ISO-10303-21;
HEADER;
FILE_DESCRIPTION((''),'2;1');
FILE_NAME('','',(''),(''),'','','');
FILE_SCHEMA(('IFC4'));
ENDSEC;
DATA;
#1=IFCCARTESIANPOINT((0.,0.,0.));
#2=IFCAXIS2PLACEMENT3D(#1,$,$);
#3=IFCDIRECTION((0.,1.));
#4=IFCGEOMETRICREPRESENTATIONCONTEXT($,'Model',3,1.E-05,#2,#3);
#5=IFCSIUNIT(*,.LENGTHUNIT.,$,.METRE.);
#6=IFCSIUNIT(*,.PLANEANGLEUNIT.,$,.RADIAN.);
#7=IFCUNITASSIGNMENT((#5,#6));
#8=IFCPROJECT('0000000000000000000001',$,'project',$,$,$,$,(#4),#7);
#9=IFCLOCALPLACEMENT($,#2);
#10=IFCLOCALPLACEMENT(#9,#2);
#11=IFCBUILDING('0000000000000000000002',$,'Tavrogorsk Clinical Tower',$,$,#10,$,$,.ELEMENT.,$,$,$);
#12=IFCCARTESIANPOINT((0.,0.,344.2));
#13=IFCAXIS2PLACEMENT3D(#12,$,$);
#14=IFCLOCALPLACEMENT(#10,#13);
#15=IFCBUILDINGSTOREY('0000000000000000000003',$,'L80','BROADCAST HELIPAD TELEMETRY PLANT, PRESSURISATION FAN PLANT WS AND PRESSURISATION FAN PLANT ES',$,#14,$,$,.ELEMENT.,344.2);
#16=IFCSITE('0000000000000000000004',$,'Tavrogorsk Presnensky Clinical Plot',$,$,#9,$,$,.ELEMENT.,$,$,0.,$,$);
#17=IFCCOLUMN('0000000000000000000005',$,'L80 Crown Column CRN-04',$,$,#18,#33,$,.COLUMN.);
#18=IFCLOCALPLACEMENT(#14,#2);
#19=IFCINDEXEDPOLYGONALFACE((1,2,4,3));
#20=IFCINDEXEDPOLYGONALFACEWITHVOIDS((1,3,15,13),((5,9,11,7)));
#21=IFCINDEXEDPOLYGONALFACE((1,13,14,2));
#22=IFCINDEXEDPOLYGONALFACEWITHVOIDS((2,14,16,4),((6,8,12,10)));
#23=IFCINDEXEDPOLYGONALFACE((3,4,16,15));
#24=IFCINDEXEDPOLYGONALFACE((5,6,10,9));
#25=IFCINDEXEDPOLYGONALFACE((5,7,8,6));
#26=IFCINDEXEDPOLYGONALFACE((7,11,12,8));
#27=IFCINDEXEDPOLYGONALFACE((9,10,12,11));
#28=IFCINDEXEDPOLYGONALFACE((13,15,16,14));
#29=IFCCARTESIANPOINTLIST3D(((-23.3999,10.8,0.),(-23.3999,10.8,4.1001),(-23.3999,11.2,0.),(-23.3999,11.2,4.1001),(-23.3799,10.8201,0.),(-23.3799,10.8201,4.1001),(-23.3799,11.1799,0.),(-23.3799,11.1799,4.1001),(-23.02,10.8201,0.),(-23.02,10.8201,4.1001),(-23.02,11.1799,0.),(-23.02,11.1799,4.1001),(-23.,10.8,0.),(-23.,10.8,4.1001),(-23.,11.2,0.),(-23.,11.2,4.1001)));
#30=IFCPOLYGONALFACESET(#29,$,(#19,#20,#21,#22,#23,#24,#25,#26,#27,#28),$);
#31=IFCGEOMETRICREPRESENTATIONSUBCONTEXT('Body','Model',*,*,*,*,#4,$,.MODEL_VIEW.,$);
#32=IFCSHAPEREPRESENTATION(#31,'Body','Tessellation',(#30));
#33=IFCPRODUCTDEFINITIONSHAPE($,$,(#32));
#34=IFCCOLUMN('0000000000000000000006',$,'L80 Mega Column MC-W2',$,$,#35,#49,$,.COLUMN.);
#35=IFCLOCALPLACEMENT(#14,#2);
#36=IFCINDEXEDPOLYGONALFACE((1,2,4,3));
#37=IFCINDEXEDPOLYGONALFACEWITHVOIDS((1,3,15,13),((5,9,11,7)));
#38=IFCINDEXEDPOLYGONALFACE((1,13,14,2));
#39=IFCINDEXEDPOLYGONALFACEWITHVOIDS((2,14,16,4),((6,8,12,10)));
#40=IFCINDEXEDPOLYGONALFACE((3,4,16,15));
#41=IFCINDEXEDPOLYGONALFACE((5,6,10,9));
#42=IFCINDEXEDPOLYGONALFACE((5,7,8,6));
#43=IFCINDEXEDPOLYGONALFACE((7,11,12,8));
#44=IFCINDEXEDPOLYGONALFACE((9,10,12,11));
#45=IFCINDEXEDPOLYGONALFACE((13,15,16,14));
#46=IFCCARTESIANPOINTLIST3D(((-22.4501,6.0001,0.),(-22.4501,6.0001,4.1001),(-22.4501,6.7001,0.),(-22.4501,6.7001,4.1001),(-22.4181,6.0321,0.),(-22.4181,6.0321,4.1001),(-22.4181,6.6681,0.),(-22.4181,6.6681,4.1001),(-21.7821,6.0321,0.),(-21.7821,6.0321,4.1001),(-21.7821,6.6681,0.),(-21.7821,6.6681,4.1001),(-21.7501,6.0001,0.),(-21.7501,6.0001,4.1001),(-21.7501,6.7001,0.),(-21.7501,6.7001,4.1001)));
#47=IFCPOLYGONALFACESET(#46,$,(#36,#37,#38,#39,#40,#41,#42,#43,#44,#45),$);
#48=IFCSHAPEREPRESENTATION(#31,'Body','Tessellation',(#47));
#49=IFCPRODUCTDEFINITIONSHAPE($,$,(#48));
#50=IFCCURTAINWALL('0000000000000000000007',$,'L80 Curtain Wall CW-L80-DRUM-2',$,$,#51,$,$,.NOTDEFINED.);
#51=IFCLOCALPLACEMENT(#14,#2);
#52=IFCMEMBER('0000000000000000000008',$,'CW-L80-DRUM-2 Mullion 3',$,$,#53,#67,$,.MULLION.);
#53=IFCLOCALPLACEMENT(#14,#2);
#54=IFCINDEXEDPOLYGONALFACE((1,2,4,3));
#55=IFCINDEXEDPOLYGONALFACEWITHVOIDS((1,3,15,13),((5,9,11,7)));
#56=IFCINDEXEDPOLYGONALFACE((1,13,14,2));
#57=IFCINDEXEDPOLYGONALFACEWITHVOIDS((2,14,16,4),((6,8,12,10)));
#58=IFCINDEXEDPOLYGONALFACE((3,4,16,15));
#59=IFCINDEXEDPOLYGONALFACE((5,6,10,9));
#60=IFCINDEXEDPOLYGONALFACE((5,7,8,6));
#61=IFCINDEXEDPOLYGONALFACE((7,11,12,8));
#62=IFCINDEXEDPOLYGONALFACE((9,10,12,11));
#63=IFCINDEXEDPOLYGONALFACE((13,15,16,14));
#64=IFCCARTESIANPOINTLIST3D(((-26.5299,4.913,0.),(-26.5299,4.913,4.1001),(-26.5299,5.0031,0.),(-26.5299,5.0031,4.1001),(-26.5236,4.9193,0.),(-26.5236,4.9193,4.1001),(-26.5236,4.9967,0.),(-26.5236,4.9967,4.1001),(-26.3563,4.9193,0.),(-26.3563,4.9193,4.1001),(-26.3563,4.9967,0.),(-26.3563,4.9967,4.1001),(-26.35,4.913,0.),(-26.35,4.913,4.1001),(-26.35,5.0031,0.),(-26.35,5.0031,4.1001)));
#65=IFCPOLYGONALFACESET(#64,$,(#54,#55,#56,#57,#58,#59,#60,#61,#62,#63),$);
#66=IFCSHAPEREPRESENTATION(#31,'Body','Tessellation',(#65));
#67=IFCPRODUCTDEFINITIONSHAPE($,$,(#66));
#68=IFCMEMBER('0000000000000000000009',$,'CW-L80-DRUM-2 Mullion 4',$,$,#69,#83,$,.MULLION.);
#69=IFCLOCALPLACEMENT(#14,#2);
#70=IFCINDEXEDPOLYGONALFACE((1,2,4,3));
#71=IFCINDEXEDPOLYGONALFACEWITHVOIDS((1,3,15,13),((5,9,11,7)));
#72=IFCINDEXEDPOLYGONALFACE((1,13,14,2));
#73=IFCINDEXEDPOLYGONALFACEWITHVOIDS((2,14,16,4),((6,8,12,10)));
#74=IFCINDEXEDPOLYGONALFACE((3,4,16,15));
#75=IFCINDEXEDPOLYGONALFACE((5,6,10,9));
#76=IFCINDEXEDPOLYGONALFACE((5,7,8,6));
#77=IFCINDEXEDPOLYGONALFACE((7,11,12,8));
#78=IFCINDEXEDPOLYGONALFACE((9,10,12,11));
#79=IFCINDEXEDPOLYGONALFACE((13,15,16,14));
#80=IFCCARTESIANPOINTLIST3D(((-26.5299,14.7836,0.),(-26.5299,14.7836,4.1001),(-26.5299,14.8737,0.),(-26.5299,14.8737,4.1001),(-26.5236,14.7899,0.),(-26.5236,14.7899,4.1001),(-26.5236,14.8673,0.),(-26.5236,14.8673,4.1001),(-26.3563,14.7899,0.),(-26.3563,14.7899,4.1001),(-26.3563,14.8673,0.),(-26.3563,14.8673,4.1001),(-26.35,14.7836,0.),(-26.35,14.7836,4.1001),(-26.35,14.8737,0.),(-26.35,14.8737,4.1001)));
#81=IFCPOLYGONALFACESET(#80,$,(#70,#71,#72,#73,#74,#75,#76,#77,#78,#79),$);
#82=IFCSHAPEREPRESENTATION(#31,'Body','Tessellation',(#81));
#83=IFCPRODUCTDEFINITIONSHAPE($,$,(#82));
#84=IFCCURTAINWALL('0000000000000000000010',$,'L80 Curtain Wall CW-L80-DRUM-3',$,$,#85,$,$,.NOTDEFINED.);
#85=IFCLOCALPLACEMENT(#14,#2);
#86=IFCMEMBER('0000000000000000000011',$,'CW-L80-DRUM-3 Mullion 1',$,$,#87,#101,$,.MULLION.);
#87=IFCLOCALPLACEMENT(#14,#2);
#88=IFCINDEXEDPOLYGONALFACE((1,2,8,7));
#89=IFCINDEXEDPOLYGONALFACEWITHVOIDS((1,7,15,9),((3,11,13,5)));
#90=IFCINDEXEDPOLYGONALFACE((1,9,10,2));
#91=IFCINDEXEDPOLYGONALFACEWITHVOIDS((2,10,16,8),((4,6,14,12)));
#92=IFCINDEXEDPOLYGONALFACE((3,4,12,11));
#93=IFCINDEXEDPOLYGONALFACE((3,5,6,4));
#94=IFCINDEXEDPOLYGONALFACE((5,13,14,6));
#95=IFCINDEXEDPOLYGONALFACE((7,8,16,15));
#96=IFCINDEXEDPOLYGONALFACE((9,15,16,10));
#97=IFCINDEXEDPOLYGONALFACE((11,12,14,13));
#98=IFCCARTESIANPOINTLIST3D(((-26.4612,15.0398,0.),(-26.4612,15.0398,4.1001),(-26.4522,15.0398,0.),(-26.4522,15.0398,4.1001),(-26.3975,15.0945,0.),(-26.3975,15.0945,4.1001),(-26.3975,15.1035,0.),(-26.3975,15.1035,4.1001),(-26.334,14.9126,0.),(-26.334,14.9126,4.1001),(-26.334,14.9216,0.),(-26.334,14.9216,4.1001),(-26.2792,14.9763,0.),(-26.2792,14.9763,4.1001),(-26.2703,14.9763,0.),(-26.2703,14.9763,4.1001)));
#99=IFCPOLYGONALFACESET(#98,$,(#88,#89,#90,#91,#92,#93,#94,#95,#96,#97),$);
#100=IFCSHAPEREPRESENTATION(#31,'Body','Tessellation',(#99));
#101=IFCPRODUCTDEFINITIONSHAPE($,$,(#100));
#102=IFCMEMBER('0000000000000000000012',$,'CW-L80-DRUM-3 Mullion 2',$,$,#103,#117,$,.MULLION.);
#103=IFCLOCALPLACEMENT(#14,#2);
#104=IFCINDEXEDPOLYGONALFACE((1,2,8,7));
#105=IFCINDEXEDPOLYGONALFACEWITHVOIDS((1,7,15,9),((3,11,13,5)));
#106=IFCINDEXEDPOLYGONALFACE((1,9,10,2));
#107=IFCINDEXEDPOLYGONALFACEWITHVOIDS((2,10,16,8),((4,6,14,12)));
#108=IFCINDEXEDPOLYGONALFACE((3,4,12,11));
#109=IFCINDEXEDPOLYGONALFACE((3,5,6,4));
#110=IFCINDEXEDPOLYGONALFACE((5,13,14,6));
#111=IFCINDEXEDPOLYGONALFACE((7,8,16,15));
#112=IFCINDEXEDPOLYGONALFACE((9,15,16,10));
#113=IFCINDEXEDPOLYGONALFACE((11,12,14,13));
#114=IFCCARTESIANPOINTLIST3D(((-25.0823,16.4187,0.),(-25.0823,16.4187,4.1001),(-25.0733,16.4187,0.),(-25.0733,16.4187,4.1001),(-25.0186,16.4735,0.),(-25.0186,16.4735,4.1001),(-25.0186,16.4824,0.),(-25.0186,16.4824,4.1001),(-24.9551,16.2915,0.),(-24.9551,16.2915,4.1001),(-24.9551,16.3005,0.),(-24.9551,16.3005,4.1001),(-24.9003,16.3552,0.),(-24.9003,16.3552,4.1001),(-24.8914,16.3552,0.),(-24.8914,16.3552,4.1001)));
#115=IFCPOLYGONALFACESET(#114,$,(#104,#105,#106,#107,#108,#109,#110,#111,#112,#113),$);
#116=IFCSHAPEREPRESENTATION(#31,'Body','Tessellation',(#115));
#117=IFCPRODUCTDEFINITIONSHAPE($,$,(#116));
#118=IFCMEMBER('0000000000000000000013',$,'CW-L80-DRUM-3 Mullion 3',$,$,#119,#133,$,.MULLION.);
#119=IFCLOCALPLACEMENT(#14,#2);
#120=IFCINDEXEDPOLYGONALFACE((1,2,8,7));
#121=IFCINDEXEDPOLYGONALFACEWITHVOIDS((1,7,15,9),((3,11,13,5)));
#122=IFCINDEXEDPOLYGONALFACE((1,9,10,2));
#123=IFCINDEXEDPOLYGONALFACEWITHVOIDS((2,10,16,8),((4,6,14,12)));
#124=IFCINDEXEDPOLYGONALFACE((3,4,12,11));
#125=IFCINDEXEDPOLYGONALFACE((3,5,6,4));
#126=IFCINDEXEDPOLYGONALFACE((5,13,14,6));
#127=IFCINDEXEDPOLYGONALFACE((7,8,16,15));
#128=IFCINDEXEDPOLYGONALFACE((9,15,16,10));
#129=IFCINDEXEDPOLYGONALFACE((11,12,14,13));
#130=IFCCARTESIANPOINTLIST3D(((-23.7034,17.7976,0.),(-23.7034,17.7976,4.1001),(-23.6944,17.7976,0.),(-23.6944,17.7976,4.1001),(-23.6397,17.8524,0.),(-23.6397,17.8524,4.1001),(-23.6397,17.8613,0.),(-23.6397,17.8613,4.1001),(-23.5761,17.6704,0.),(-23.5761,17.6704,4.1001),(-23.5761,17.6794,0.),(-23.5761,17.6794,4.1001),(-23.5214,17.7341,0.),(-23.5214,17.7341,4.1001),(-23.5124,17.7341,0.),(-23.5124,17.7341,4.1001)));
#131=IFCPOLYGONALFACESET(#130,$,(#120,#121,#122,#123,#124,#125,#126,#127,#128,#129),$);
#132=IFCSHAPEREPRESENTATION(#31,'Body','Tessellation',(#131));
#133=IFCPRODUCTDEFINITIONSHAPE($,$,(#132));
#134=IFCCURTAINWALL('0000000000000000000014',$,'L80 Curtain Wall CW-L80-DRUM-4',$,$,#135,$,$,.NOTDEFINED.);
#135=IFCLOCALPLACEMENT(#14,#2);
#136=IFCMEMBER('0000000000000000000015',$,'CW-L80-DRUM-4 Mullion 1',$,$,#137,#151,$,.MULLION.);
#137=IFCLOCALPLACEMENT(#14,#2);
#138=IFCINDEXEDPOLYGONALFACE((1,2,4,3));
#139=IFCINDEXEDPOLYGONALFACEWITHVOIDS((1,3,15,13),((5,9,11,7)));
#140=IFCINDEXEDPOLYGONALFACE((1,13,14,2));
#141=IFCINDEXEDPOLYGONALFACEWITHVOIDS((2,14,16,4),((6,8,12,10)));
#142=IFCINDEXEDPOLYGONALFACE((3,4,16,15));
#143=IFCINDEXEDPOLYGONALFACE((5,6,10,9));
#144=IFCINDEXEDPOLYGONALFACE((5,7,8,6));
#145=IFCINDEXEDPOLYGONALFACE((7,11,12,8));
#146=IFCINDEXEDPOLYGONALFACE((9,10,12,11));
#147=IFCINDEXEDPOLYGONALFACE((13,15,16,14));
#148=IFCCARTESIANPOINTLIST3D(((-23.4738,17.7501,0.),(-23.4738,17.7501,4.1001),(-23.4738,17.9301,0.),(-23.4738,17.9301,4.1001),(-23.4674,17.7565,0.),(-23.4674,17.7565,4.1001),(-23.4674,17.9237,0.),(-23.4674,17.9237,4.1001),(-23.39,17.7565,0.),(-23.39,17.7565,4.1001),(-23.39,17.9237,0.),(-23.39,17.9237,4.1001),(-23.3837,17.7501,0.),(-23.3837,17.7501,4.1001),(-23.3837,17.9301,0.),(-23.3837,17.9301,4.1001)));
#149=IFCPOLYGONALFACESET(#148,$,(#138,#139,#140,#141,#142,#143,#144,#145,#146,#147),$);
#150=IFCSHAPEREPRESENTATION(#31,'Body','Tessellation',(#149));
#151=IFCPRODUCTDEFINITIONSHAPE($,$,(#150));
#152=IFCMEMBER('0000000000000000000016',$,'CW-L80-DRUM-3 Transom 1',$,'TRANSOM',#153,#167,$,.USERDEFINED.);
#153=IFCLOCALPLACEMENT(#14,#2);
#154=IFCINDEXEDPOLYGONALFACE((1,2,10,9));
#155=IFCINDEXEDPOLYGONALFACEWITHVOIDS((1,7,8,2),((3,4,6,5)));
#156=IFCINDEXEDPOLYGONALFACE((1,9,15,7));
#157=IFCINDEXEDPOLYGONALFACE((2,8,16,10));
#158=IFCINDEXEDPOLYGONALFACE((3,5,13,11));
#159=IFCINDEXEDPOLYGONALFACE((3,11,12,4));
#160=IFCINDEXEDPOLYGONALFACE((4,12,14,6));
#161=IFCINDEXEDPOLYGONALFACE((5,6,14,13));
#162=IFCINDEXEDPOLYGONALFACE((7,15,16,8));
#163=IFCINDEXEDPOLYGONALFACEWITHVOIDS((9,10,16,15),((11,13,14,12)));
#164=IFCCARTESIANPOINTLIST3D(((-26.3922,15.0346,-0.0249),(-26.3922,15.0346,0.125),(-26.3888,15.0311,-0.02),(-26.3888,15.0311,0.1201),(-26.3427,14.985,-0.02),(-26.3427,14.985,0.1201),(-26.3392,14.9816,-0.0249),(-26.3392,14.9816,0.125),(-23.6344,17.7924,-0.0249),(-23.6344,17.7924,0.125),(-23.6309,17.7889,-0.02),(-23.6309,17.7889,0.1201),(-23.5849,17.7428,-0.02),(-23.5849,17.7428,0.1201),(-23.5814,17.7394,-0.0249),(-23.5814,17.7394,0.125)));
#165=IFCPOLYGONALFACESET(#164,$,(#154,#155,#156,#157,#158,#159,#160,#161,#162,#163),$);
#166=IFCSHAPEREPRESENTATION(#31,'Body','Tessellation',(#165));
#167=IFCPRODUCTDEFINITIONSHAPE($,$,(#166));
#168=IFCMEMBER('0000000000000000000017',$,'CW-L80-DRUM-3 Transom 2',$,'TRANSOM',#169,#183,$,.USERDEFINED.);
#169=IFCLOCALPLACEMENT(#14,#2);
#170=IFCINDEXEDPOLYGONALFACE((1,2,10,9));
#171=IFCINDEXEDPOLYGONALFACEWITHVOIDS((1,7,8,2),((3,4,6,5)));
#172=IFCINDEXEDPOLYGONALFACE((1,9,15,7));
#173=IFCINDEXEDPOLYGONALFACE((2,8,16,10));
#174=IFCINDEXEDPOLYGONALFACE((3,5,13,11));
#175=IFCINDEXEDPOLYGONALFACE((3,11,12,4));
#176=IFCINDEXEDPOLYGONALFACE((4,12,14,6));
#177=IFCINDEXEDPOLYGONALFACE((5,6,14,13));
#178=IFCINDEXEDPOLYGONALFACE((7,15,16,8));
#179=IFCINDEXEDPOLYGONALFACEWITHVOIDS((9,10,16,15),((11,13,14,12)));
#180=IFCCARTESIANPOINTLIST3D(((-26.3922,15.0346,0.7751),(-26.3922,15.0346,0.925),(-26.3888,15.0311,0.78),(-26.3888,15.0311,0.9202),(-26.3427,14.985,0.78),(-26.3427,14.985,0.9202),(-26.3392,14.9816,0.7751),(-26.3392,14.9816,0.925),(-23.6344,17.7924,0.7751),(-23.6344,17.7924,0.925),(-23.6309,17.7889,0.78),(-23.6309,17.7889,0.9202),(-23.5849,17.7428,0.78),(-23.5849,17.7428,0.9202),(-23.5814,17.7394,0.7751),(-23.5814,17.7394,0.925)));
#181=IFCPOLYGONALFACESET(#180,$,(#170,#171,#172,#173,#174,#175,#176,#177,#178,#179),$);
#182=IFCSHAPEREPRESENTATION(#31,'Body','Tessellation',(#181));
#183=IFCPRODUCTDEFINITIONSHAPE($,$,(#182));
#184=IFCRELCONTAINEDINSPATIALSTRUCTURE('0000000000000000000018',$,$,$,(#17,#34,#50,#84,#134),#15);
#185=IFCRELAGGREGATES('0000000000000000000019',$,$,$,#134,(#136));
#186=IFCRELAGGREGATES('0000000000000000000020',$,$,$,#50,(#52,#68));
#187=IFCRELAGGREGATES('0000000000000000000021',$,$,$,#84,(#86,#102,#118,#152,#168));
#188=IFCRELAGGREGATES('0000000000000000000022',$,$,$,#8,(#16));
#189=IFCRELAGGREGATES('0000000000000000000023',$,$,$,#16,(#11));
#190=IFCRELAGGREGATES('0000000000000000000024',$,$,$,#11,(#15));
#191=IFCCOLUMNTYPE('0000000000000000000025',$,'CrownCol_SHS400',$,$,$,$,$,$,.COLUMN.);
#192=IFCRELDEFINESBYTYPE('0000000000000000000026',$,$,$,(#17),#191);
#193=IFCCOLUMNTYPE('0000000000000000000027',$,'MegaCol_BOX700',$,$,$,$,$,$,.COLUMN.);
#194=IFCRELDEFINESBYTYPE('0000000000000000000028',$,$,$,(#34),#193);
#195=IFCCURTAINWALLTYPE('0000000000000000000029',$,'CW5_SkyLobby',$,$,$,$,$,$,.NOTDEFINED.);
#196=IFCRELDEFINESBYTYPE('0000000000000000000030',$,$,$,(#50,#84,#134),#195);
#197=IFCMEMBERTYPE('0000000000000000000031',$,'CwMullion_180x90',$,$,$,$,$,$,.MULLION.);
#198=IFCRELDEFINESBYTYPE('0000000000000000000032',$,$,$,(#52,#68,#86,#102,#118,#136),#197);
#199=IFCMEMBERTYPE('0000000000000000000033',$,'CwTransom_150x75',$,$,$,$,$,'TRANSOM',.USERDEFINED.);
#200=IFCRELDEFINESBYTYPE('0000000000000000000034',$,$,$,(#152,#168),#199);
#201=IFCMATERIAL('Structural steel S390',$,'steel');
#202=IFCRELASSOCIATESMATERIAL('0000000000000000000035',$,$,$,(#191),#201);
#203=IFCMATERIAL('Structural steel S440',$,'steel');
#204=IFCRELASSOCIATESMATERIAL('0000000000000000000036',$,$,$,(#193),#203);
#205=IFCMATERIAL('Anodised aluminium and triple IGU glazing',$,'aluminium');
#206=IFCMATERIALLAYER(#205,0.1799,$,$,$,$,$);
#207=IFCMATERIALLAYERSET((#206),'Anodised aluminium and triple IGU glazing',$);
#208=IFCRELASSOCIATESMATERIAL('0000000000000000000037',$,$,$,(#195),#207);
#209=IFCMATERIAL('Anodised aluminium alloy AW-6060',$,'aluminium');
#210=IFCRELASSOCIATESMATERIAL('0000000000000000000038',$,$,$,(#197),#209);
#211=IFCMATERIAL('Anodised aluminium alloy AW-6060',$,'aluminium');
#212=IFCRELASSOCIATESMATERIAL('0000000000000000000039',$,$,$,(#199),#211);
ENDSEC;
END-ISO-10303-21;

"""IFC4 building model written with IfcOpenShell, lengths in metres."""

from ifc_helpers import new_model, si_unit, direction, frame, origin, origin_2d, place, context, subcontext, project, spatial, hollow_rectangle, extrude, material, layer, layer_set, material_profile, profile_set, type_object, element, aggregate, save


model = new_model("IFC4")

# Units and contexts
model_context = context("Model", 3, precision=1e-05, world=origin(), true_north=direction((0.0, 1.0)))
body_context = subcontext(model_context, "Body", "Model", "MODEL_VIEW")
ifc_project = project(units=[si_unit("LENGTHUNIT", "METRE"), si_unit("PLANEANGLEUNIT", "RADIAN")], contexts=[model_context])

# Site, building, storey
site_placement = place(None, origin())
site = spatial("IfcSite", under=ifc_project, at=site_placement, Name="Tavrogorsk Presnensky Clinical Plot", CompositionType="ELEMENT", RefElevation=0.0)
building_placement = place(site_placement, origin())
building = spatial("IfcBuilding", under=site, at=building_placement, Name="Tavrogorsk Clinical Tower", CompositionType="ELEMENT")
storey_placement = place(building_placement, frame((0.0, 0.0, 344.2)))
storey = spatial("IfcBuildingStorey", under=building, at=storey_placement, Name="L80", Description="BROADCAST HELIPAD TELEMETRY PLANT, PRESSURISATION FAN PLANT WS AND PRESSURISATION FAN PLANT ES", CompositionType="ELEMENT", Elevation=344.2)

# Columns
ifc_material_1 = material(Name="Structural steel S390", Category="steel")
ifc_material_profile_1 = material_profile(ifc_material_1, hollow_rectangle(XDim=0.3999, YDim=0.3999, WallThickness=0.02, at=origin_2d()), Name="SHS-400x400x20")
ifc_profile_set_1 = profile_set([ifc_material_profile_1], Name="Structural steel S390")
column_type_1 = type_object("IfcColumnType", Name="CrownCol_SHS400", PredefinedType="COLUMN", material=ifc_profile_set_1)
column_1_placement = place(storey_placement, frame((-23.2, 11.0, 0.0), z_axis=(0.0, 0.0, 1.0), x_axis=(1.0, 0.0, 0.0)))
element("IfcColumn", 1, at=column_1_placement, inside=storey, type_object=column_type_1, Name="L80 Crown Column CRN-04", PredefinedType="COLUMN", context=body_context, shape_type="SweptSolid", body=[
    extrude(hollow_rectangle(XDim=0.3999, YDim=0.3999, WallThickness=0.02, at=origin_2d()), origin(), (0.0, 0.0, 1.0), 4.1001),
])
ifc_material_2 = material(Name="Structural steel S440", Category="steel")
ifc_material_profile_2 = material_profile(ifc_material_2, hollow_rectangle(XDim=0.7, YDim=0.7, WallThickness=0.032, at=origin_2d()), Name="BOX-700x700x32")
ifc_profile_set_2 = profile_set([ifc_material_profile_2], Name="Structural steel S440")
column_type_2 = type_object("IfcColumnType", Name="MegaCol_BOX700", PredefinedType="COLUMN", material=ifc_profile_set_2)
column_2_placement = place(storey_placement, frame((-22.1001, 6.3501, 0.0), z_axis=(0.0, 0.0, 1.0), x_axis=(1.0, 0.0, 0.0)))
element("IfcColumn", 2, at=column_2_placement, inside=storey, type_object=column_type_2, Name="L80 Mega Column MC-W2", PredefinedType="COLUMN", context=body_context, shape_type="SweptSolid", body=[
    extrude(hollow_rectangle(XDim=0.7, YDim=0.7, WallThickness=0.032, at=origin_2d()), origin(), (0.0, 0.0, 1.0), 4.1001),
])

# Curtain walls, members
ifc_material_3 = material(Name="Anodised aluminium and triple IGU glazing", Category="aluminium")
ifc_layer_1 = layer(ifc_material_3, 0.1799)
ifc_layer_set_1 = layer_set([ifc_layer_1], Name="Anodised aluminium and triple IGU glazing")
curtain_wall_type = type_object("IfcCurtainWallType", Name="CW5_SkyLobby", PredefinedType="NOTDEFINED", material=ifc_layer_set_1)
curtain_wall_1_placement = place(storey_placement, origin())
curtain_wall_1 = element("IfcCurtainWall", 3, at=curtain_wall_1_placement, inside=storey, type_object=curtain_wall_type, Name="L80 Curtain Wall CW-L80-DRUM-2", PredefinedType="NOTDEFINED")
ifc_material_4 = material(Name="Anodised aluminium alloy AW-6060", Category="aluminium")
ifc_material_profile_3 = material_profile(ifc_material_4, hollow_rectangle(XDim=0.0901, YDim=0.1799, WallThickness=0.0063, at=origin_2d()), Name="RHS-180x90x6.3")
ifc_profile_set_3 = profile_set([ifc_material_profile_3], Name="Anodised aluminium alloy AW-6060")
member_type_1 = type_object("IfcMemberType", Name="CwMullion_180x90", PredefinedType="MULLION", material=ifc_profile_set_3)
member_1_placement = place(storey_placement, frame((-26.4399, 4.958, 0.0), z_axis=(0.0, 0.0, 1.0), x_axis=(0.0, 1.0, 0.0)))
member_1 = element("IfcMember", 4, at=member_1_placement, type_object=member_type_1, Name="CW-L80-DRUM-2 Mullion 3", PredefinedType="MULLION", context=body_context, shape_type="SweptSolid", body=[
    extrude(hollow_rectangle(XDim=0.0901, YDim=0.1799, WallThickness=0.0063, at=origin_2d()), origin(), (0.0, 0.0, 1.0), 4.1001),
])
member_2_placement = place(storey_placement, frame((-26.4399, 14.8286, 0.0), z_axis=(0.0, 0.0, 1.0), x_axis=(0.0, 1.0, 0.0)))
member_2 = element("IfcMember", 5, at=member_2_placement, type_object=member_type_1, Name="CW-L80-DRUM-2 Mullion 4", PredefinedType="MULLION", context=body_context, shape_type="SweptSolid", body=[
    extrude(hollow_rectangle(XDim=0.0901, YDim=0.1799, WallThickness=0.0063, at=origin_2d()), origin(), (0.0, 0.0, 1.0), 4.1001),
])
curtain_wall_2_placement = place(storey_placement, origin())
curtain_wall_2 = element("IfcCurtainWall", 6, at=curtain_wall_2_placement, inside=storey, type_object=curtain_wall_type, Name="L80 Curtain Wall CW-L80-DRUM-3", PredefinedType="NOTDEFINED")
member_3_placement = place(storey_placement, frame((-26.3657, 15.0081, 0.0), z_axis=(0.0, 0.0, 1.0), x_axis=(0.707107, 0.707107, 0.0)))
member_3 = element("IfcMember", 7, at=member_3_placement, type_object=member_type_1, Name="CW-L80-DRUM-3 Mullion 1", PredefinedType="MULLION", context=body_context, shape_type="SweptSolid", body=[
    extrude(hollow_rectangle(XDim=0.0901, YDim=0.1799, WallThickness=0.0063, at=origin_2d()), origin(), (0.0, 0.0, 1.0), 4.1001),
])
member_4_placement = place(storey_placement, frame((-24.9868, 16.387, 0.0), z_axis=(0.0, 0.0, 1.0), x_axis=(0.707107, 0.707107, 0.0)))
member_4 = element("IfcMember", 8, at=member_4_placement, type_object=member_type_1, Name="CW-L80-DRUM-3 Mullion 2", PredefinedType="MULLION", context=body_context, shape_type="SweptSolid", body=[
    extrude(hollow_rectangle(XDim=0.0901, YDim=0.1799, WallThickness=0.0063, at=origin_2d()), origin(), (0.0, 0.0, 1.0), 4.1001),
])
member_5_placement = place(storey_placement, frame((-23.6079, 17.7659, 0.0), z_axis=(0.0, 0.0, 1.0), x_axis=(0.707107, 0.707107, 0.0)))
member_5 = element("IfcMember", 9, at=member_5_placement, type_object=member_type_1, Name="CW-L80-DRUM-3 Mullion 3", PredefinedType="MULLION", context=body_context, shape_type="SweptSolid", body=[
    extrude(hollow_rectangle(XDim=0.0901, YDim=0.1799, WallThickness=0.0063, at=origin_2d()), origin(), (0.0, 0.0, 1.0), 4.1001),
])

# Curtain wall, member
curtain_wall_3_placement = place(storey_placement, origin())
curtain_wall_3 = element("IfcCurtainWall", 10, at=curtain_wall_3_placement, inside=storey, type_object=curtain_wall_type, Name="L80 Curtain Wall CW-L80-DRUM-4", PredefinedType="NOTDEFINED")
member_6_placement = place(storey_placement, frame((-23.4287, 17.8401, 0.0), z_axis=(0.0, 0.0, 1.0), x_axis=(1.0, 0.0, 0.0)))
member_6 = element("IfcMember", 11, at=member_6_placement, type_object=member_type_1, Name="CW-L80-DRUM-4 Mullion 1", PredefinedType="MULLION", context=body_context, shape_type="SweptSolid", body=[
    extrude(hollow_rectangle(XDim=0.0901, YDim=0.1799, WallThickness=0.0063, at=origin_2d()), origin(), (0.0, 0.0, 1.0), 4.1001),
])

# Members
ifc_material_5 = material(Name="Anodised aluminium alloy AW-6060", Category="aluminium")
ifc_material_profile_4 = material_profile(ifc_material_5, hollow_rectangle(XDim=0.075, YDim=0.1499, WallThickness=0.0049, at=origin_2d()), Name="RHS-150x75x5")
ifc_profile_set_4 = profile_set([ifc_material_profile_4], Name="Anodised aluminium alloy AW-6060")
member_type_2 = type_object("IfcMemberType", Name="CwTransom_150x75", ElementType="TRANSOM", PredefinedType="USERDEFINED", material=ifc_profile_set_4)
member_7_placement = place(storey_placement, frame((-26.3657, 15.0081, 0.05), z_axis=(0.707107, 0.707107, 0.0), x_axis=(-0.707107, 0.707107, 0.0)))
member_7 = element("IfcMember", 12, at=member_7_placement, type_object=member_type_2, Name="CW-L80-DRUM-3 Transom 1", ObjectType="TRANSOM", PredefinedType="USERDEFINED", context=body_context, shape_type="SweptSolid", body=[
    extrude(hollow_rectangle(XDim=0.075, YDim=0.1499, WallThickness=0.0049, at=origin_2d()), origin(), (0.0, 0.0, 1.0), 3.9001),
])
member_8_placement = place(storey_placement, frame((-26.3657, 15.0081, 0.8501), z_axis=(0.707107, 0.707107, 0.0), x_axis=(-0.707107, 0.707107, 0.0)))
member_8 = element("IfcMember", 13, at=member_8_placement, type_object=member_type_2, Name="CW-L80-DRUM-3 Transom 2", ObjectType="TRANSOM", PredefinedType="USERDEFINED", context=body_context, shape_type="SweptSolid", body=[
    extrude(hollow_rectangle(XDim=0.075, YDim=0.1499, WallThickness=0.0049, at=origin_2d()), origin(), (0.0, 0.0, 1.0), 3.9001),
])
aggregate(curtain_wall_3, [member_6])

aggregate(curtain_wall_1, [member_1, member_2])
aggregate(curtain_wall_2, [member_3, member_4, member_5, member_7, member_8])

save(model, "model.ifc")
